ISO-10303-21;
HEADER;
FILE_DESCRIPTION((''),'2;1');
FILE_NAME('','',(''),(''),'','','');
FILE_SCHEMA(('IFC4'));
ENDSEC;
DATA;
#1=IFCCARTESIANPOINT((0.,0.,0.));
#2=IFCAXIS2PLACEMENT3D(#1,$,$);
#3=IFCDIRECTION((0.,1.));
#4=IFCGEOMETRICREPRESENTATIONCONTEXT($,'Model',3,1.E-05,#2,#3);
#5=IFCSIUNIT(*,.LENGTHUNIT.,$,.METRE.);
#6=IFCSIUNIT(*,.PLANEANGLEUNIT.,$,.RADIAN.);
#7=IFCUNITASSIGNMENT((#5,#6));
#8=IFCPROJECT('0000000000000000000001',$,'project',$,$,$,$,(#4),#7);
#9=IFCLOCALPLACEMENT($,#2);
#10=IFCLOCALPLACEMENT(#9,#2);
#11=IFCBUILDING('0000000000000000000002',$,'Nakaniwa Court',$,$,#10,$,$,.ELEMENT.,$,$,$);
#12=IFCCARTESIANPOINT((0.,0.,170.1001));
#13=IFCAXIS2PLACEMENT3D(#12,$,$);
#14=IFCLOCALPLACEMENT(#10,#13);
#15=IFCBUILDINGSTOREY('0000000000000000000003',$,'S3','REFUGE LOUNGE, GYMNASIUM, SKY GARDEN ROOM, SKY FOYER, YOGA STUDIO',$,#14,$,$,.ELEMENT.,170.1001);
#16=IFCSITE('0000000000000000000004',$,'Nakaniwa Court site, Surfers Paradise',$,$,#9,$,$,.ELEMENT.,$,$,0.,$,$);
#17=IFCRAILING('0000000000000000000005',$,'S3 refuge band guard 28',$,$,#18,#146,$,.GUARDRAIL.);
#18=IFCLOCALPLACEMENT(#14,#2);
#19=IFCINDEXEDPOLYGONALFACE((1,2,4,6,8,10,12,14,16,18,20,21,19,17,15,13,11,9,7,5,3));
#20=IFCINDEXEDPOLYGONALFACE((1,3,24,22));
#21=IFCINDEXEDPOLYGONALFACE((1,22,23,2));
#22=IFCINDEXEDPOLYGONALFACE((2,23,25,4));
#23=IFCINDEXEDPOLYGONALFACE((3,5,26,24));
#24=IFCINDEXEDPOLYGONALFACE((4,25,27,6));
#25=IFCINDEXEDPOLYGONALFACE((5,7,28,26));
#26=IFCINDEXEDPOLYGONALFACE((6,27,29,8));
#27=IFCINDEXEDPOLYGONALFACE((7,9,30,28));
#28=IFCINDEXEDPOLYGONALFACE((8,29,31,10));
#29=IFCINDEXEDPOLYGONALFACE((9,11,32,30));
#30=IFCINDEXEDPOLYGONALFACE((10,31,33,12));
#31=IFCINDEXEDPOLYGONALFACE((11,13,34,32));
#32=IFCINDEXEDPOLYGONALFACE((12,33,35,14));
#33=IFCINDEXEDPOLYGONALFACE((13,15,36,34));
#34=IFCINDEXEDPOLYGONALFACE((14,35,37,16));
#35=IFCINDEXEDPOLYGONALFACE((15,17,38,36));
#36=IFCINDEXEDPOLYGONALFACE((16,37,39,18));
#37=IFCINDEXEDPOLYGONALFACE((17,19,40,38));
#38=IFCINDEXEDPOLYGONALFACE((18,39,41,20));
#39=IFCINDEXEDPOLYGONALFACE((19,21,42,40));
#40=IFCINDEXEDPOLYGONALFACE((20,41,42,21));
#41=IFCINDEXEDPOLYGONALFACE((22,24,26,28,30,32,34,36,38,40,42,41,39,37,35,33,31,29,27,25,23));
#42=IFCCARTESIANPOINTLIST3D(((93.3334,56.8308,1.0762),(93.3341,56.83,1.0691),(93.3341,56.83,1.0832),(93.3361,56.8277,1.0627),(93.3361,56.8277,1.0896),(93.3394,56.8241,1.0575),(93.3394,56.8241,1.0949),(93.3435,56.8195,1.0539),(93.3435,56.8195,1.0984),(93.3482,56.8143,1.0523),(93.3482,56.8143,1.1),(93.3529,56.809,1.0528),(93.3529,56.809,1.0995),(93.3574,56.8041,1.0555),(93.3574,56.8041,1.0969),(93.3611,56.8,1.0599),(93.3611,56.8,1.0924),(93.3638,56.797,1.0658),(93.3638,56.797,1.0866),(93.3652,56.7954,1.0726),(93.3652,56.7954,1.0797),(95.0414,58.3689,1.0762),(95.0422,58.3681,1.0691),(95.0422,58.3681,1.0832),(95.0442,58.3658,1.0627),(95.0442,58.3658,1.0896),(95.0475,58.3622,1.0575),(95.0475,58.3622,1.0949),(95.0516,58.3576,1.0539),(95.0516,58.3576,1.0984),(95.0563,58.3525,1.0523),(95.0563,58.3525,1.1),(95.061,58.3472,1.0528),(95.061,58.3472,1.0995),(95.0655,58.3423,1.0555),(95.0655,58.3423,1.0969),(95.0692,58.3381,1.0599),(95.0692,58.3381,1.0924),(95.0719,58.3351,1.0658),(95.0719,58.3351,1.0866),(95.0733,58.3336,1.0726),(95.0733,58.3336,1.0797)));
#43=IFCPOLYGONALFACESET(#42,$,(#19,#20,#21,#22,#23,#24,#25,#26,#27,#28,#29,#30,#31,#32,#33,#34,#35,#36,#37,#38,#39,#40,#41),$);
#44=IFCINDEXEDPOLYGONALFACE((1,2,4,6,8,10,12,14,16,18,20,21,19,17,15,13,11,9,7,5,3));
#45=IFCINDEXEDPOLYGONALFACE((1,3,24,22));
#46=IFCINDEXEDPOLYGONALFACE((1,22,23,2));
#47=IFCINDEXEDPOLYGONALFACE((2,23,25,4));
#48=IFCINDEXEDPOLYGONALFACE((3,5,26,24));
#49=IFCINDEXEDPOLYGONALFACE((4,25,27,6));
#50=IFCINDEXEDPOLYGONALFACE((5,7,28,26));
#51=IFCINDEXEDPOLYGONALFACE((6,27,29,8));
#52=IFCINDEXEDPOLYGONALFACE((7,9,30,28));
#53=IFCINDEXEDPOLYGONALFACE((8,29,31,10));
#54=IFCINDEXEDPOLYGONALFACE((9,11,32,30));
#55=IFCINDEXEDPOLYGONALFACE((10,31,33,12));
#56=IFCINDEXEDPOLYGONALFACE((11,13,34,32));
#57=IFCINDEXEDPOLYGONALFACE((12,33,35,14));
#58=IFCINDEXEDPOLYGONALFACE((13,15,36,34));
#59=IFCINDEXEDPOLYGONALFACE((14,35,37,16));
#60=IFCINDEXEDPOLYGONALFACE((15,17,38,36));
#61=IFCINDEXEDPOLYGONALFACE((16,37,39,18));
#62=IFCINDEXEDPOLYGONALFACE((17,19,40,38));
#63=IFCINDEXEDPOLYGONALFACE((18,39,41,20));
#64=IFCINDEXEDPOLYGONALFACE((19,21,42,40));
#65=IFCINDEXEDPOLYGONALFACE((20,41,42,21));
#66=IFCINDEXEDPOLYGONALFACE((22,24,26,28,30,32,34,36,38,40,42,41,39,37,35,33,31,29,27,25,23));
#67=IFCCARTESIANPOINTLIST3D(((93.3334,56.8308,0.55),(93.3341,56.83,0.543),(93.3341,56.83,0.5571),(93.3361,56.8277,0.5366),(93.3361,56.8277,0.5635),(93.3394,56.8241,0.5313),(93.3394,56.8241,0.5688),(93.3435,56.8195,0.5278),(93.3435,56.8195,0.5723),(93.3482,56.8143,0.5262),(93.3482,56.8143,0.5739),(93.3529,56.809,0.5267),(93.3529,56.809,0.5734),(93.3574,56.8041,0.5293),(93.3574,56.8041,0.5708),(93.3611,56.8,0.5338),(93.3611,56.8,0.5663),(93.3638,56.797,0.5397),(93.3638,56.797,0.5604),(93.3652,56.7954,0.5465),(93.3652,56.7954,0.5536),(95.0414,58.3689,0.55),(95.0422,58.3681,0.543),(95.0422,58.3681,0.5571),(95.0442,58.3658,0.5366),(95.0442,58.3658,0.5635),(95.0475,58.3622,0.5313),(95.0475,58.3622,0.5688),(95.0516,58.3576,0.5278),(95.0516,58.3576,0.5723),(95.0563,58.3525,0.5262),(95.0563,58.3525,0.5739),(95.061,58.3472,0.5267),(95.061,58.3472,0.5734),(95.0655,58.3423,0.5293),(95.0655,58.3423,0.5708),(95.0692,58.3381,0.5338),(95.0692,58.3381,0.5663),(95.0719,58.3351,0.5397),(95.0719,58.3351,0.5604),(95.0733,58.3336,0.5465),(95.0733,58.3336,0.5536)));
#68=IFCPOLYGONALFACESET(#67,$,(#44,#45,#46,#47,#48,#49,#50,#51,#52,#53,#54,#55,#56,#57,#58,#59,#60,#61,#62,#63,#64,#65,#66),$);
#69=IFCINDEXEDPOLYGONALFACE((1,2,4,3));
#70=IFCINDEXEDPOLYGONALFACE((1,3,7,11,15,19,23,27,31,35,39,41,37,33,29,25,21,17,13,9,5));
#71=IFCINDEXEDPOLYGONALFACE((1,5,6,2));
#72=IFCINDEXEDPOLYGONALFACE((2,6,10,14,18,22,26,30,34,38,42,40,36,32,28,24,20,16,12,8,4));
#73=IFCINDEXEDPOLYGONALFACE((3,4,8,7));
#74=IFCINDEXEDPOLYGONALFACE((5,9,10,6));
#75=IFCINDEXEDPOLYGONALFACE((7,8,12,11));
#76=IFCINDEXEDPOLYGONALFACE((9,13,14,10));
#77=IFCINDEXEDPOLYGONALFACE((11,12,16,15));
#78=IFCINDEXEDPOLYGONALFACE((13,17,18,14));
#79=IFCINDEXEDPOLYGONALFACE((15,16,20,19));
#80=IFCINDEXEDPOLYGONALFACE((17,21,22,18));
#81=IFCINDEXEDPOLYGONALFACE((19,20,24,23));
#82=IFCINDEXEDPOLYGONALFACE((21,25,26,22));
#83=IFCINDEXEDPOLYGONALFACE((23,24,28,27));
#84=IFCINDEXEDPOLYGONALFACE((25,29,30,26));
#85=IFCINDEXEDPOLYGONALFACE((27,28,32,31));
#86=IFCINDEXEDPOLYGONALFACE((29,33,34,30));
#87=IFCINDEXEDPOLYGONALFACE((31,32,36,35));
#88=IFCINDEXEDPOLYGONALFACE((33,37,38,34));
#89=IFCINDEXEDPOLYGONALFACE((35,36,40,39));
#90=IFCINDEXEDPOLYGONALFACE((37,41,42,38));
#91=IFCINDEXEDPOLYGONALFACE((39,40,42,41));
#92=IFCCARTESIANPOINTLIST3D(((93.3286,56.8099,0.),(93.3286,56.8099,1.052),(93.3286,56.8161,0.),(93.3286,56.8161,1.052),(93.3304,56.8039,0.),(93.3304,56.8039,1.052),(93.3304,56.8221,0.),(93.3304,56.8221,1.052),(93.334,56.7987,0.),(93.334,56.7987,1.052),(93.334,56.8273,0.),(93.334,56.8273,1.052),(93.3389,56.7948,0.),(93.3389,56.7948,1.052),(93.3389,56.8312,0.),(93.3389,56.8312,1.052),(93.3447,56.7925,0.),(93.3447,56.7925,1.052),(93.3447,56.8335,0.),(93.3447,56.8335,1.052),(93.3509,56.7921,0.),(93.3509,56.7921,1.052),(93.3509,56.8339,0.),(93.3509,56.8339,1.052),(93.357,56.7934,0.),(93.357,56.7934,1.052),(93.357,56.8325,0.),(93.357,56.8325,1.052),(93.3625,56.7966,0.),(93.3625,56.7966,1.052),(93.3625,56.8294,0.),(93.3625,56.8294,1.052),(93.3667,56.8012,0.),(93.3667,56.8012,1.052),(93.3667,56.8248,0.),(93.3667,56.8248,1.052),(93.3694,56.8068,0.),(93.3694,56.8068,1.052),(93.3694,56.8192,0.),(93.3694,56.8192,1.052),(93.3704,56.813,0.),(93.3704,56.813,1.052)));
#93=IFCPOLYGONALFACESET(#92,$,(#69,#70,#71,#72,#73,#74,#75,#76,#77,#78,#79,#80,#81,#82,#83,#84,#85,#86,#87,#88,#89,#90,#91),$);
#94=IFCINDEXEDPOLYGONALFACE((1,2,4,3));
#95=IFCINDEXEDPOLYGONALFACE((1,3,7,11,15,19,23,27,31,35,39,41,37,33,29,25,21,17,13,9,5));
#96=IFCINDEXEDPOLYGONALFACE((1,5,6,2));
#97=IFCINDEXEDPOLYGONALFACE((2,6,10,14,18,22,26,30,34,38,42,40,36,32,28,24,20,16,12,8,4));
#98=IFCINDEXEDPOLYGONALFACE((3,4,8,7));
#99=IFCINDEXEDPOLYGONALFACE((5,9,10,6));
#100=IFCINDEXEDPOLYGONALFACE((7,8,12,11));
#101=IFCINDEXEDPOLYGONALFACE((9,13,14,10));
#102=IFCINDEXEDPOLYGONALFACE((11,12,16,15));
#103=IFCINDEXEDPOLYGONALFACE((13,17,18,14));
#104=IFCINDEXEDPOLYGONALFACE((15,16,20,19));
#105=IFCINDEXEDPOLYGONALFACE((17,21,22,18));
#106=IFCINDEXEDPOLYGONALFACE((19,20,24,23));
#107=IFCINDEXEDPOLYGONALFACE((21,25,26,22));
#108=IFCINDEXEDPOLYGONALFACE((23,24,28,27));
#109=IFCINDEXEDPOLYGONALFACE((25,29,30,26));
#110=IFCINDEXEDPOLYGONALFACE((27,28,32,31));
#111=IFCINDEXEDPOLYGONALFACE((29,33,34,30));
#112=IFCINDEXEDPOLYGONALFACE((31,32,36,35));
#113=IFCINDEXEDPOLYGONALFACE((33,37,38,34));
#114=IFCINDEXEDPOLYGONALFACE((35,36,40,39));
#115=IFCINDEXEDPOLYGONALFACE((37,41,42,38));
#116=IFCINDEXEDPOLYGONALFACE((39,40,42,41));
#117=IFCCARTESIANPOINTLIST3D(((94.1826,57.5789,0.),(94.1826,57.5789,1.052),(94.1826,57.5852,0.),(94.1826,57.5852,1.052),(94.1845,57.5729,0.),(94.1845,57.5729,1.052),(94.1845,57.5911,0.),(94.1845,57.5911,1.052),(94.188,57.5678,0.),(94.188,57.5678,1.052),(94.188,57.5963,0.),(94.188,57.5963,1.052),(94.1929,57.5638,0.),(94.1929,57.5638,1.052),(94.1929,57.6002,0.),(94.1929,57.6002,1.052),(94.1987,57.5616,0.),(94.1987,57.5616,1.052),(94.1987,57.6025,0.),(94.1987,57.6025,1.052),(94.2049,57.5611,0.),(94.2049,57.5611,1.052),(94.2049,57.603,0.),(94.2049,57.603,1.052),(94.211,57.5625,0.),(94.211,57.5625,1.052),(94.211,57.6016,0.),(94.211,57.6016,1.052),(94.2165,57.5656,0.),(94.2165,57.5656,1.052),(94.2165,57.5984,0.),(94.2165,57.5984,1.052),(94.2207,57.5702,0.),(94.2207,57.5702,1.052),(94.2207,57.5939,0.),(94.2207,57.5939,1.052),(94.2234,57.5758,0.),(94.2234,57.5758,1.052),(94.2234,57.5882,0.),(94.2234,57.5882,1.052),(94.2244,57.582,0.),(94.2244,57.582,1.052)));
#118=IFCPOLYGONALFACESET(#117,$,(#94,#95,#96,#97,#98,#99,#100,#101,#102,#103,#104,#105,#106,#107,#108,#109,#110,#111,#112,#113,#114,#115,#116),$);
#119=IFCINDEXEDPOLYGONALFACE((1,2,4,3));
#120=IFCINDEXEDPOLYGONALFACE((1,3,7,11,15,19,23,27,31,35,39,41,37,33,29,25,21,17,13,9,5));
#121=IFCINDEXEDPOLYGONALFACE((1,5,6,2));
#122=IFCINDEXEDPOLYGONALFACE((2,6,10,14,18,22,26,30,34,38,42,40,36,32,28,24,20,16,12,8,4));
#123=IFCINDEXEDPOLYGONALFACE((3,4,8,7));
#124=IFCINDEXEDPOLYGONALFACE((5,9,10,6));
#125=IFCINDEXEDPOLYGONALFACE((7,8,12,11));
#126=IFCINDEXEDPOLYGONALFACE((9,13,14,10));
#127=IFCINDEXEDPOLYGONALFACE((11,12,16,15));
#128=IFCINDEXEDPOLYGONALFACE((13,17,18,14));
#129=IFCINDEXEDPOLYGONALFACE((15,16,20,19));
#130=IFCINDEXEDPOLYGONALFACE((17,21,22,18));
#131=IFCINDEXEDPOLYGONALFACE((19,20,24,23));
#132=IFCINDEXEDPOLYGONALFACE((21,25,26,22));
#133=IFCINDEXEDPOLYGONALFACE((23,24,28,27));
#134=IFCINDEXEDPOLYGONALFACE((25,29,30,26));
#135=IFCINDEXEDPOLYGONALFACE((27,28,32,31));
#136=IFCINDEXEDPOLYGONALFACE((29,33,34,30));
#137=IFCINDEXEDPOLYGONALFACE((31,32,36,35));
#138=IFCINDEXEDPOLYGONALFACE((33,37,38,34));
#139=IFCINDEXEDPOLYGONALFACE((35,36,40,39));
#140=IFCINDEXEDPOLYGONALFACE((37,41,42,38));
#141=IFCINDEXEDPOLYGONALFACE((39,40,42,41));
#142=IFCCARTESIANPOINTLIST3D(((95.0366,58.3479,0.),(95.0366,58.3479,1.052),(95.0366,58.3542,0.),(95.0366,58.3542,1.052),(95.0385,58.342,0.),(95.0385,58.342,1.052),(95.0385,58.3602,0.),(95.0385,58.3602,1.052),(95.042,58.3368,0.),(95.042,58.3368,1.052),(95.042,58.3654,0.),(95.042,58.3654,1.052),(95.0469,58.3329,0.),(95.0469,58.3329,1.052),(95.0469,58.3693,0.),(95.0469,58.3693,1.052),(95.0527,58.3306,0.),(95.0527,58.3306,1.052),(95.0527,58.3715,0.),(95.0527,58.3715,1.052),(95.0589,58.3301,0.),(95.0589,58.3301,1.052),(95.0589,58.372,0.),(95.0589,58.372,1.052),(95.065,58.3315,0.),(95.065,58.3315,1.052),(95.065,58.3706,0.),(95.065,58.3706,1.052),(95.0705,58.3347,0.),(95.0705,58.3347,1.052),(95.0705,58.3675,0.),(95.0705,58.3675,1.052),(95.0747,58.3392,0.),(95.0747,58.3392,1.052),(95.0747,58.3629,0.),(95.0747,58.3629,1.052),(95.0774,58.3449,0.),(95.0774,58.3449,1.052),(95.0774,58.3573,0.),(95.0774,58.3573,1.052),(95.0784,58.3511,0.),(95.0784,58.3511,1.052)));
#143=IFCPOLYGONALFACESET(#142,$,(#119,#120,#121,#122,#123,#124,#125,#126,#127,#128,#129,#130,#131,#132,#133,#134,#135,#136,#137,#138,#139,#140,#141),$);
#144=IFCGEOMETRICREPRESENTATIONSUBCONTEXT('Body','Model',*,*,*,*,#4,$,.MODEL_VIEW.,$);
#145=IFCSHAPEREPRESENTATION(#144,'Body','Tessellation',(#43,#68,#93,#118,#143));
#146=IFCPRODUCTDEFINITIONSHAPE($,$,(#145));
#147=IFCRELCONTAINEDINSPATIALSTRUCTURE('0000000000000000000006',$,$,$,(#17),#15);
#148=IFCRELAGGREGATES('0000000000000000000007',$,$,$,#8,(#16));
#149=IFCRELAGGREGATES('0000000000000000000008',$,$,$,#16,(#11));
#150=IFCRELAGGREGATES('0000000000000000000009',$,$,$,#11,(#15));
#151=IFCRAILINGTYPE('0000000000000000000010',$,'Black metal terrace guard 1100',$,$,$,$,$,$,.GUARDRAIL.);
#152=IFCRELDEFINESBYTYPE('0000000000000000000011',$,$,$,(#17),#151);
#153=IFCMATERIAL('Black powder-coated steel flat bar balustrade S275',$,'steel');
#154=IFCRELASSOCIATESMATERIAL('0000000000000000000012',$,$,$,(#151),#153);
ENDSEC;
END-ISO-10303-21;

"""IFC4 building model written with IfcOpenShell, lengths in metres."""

from ifc_helpers import new_model, si_unit, direction, frame, origin, origin_2d, place, context, subcontext, project, spatial, circle, extrude, material, type_object, element, save


model = new_model("IFC4")

# Units and contexts
model_context = context("Model", 3, precision=1e-05, world=origin(), true_north=direction((0.0, 1.0)))
body_context = subcontext(model_context, "Body", "Model", "MODEL_VIEW")
ifc_project = project(units=[si_unit("LENGTHUNIT", "METRE"), si_unit("PLANEANGLEUNIT", "RADIAN")], contexts=[model_context])

# Site, building, storey
site_placement = place(None, origin())
site = spatial("IfcSite", under=ifc_project, at=site_placement, Name="Nakaniwa Court site, Surfers Paradise", CompositionType="ELEMENT", RefElevation=0.0)
building_placement = place(site_placement, origin())
building = spatial("IfcBuilding", under=site, at=building_placement, Name="Nakaniwa Court", CompositionType="ELEMENT")
storey_placement = place(building_placement, frame((0.0, 0.0, 170.1001)))
storey = spatial("IfcBuildingStorey", under=building, at=storey_placement, Name="S3", Description="REFUGE LOUNGE, GYMNASIUM, SKY GARDEN ROOM, SKY FOYER, YOGA STUDIO", CompositionType="ELEMENT", Elevation=170.1001)

# Railing
ifc_material_1 = material(Name="Black powder-coated steel flat bar balustrade S275", Category="steel")
railing_type = type_object("IfcRailingType", Name="Black metal terrace guard 1100", PredefinedType="GUARDRAIL", material=ifc_material_1)
railing_1_placement = place(storey_placement, frame((93.3494, 56.813, 0.0)))
element("IfcRailing", 1, at=railing_1_placement, inside=storey, type_object=railing_type, Name="S3 refuge band guard 28", PredefinedType="GUARDRAIL", context=body_context, shape_type="SweptSolid", body=[
    extrude(circle(Radius=0.0239, at=origin_2d()), frame((0.0, 0.0, 1.0762), z_axis=(0.743104, 0.669176, 0.0), x_axis=(-0.669176, 0.743104, 0.0)), (0.0, 0.0, 1.0), 2.2986),
    extrude(circle(Radius=0.0239, at=origin_2d()), frame((0.0, 0.0, 0.55), z_axis=(0.743104, 0.669176, 0.0), x_axis=(-0.669176, 0.743104, 0.0)), (0.0, 0.0, 1.0), 2.2986),
    extrude(circle(Radius=0.021, at=origin_2d()), origin(), (0.0, 0.0, 1.0), 1.052),
    extrude(circle(Radius=0.021, at=origin_2d()), frame((0.854, 0.769, 0.0)), (0.0, 0.0, 1.0), 1.052),
    extrude(circle(Radius=0.021, at=origin_2d()), frame((1.708, 1.5381, 0.0)), (0.0, 0.0, 1.0), 1.052),
])

save(model, "model.ifc")
